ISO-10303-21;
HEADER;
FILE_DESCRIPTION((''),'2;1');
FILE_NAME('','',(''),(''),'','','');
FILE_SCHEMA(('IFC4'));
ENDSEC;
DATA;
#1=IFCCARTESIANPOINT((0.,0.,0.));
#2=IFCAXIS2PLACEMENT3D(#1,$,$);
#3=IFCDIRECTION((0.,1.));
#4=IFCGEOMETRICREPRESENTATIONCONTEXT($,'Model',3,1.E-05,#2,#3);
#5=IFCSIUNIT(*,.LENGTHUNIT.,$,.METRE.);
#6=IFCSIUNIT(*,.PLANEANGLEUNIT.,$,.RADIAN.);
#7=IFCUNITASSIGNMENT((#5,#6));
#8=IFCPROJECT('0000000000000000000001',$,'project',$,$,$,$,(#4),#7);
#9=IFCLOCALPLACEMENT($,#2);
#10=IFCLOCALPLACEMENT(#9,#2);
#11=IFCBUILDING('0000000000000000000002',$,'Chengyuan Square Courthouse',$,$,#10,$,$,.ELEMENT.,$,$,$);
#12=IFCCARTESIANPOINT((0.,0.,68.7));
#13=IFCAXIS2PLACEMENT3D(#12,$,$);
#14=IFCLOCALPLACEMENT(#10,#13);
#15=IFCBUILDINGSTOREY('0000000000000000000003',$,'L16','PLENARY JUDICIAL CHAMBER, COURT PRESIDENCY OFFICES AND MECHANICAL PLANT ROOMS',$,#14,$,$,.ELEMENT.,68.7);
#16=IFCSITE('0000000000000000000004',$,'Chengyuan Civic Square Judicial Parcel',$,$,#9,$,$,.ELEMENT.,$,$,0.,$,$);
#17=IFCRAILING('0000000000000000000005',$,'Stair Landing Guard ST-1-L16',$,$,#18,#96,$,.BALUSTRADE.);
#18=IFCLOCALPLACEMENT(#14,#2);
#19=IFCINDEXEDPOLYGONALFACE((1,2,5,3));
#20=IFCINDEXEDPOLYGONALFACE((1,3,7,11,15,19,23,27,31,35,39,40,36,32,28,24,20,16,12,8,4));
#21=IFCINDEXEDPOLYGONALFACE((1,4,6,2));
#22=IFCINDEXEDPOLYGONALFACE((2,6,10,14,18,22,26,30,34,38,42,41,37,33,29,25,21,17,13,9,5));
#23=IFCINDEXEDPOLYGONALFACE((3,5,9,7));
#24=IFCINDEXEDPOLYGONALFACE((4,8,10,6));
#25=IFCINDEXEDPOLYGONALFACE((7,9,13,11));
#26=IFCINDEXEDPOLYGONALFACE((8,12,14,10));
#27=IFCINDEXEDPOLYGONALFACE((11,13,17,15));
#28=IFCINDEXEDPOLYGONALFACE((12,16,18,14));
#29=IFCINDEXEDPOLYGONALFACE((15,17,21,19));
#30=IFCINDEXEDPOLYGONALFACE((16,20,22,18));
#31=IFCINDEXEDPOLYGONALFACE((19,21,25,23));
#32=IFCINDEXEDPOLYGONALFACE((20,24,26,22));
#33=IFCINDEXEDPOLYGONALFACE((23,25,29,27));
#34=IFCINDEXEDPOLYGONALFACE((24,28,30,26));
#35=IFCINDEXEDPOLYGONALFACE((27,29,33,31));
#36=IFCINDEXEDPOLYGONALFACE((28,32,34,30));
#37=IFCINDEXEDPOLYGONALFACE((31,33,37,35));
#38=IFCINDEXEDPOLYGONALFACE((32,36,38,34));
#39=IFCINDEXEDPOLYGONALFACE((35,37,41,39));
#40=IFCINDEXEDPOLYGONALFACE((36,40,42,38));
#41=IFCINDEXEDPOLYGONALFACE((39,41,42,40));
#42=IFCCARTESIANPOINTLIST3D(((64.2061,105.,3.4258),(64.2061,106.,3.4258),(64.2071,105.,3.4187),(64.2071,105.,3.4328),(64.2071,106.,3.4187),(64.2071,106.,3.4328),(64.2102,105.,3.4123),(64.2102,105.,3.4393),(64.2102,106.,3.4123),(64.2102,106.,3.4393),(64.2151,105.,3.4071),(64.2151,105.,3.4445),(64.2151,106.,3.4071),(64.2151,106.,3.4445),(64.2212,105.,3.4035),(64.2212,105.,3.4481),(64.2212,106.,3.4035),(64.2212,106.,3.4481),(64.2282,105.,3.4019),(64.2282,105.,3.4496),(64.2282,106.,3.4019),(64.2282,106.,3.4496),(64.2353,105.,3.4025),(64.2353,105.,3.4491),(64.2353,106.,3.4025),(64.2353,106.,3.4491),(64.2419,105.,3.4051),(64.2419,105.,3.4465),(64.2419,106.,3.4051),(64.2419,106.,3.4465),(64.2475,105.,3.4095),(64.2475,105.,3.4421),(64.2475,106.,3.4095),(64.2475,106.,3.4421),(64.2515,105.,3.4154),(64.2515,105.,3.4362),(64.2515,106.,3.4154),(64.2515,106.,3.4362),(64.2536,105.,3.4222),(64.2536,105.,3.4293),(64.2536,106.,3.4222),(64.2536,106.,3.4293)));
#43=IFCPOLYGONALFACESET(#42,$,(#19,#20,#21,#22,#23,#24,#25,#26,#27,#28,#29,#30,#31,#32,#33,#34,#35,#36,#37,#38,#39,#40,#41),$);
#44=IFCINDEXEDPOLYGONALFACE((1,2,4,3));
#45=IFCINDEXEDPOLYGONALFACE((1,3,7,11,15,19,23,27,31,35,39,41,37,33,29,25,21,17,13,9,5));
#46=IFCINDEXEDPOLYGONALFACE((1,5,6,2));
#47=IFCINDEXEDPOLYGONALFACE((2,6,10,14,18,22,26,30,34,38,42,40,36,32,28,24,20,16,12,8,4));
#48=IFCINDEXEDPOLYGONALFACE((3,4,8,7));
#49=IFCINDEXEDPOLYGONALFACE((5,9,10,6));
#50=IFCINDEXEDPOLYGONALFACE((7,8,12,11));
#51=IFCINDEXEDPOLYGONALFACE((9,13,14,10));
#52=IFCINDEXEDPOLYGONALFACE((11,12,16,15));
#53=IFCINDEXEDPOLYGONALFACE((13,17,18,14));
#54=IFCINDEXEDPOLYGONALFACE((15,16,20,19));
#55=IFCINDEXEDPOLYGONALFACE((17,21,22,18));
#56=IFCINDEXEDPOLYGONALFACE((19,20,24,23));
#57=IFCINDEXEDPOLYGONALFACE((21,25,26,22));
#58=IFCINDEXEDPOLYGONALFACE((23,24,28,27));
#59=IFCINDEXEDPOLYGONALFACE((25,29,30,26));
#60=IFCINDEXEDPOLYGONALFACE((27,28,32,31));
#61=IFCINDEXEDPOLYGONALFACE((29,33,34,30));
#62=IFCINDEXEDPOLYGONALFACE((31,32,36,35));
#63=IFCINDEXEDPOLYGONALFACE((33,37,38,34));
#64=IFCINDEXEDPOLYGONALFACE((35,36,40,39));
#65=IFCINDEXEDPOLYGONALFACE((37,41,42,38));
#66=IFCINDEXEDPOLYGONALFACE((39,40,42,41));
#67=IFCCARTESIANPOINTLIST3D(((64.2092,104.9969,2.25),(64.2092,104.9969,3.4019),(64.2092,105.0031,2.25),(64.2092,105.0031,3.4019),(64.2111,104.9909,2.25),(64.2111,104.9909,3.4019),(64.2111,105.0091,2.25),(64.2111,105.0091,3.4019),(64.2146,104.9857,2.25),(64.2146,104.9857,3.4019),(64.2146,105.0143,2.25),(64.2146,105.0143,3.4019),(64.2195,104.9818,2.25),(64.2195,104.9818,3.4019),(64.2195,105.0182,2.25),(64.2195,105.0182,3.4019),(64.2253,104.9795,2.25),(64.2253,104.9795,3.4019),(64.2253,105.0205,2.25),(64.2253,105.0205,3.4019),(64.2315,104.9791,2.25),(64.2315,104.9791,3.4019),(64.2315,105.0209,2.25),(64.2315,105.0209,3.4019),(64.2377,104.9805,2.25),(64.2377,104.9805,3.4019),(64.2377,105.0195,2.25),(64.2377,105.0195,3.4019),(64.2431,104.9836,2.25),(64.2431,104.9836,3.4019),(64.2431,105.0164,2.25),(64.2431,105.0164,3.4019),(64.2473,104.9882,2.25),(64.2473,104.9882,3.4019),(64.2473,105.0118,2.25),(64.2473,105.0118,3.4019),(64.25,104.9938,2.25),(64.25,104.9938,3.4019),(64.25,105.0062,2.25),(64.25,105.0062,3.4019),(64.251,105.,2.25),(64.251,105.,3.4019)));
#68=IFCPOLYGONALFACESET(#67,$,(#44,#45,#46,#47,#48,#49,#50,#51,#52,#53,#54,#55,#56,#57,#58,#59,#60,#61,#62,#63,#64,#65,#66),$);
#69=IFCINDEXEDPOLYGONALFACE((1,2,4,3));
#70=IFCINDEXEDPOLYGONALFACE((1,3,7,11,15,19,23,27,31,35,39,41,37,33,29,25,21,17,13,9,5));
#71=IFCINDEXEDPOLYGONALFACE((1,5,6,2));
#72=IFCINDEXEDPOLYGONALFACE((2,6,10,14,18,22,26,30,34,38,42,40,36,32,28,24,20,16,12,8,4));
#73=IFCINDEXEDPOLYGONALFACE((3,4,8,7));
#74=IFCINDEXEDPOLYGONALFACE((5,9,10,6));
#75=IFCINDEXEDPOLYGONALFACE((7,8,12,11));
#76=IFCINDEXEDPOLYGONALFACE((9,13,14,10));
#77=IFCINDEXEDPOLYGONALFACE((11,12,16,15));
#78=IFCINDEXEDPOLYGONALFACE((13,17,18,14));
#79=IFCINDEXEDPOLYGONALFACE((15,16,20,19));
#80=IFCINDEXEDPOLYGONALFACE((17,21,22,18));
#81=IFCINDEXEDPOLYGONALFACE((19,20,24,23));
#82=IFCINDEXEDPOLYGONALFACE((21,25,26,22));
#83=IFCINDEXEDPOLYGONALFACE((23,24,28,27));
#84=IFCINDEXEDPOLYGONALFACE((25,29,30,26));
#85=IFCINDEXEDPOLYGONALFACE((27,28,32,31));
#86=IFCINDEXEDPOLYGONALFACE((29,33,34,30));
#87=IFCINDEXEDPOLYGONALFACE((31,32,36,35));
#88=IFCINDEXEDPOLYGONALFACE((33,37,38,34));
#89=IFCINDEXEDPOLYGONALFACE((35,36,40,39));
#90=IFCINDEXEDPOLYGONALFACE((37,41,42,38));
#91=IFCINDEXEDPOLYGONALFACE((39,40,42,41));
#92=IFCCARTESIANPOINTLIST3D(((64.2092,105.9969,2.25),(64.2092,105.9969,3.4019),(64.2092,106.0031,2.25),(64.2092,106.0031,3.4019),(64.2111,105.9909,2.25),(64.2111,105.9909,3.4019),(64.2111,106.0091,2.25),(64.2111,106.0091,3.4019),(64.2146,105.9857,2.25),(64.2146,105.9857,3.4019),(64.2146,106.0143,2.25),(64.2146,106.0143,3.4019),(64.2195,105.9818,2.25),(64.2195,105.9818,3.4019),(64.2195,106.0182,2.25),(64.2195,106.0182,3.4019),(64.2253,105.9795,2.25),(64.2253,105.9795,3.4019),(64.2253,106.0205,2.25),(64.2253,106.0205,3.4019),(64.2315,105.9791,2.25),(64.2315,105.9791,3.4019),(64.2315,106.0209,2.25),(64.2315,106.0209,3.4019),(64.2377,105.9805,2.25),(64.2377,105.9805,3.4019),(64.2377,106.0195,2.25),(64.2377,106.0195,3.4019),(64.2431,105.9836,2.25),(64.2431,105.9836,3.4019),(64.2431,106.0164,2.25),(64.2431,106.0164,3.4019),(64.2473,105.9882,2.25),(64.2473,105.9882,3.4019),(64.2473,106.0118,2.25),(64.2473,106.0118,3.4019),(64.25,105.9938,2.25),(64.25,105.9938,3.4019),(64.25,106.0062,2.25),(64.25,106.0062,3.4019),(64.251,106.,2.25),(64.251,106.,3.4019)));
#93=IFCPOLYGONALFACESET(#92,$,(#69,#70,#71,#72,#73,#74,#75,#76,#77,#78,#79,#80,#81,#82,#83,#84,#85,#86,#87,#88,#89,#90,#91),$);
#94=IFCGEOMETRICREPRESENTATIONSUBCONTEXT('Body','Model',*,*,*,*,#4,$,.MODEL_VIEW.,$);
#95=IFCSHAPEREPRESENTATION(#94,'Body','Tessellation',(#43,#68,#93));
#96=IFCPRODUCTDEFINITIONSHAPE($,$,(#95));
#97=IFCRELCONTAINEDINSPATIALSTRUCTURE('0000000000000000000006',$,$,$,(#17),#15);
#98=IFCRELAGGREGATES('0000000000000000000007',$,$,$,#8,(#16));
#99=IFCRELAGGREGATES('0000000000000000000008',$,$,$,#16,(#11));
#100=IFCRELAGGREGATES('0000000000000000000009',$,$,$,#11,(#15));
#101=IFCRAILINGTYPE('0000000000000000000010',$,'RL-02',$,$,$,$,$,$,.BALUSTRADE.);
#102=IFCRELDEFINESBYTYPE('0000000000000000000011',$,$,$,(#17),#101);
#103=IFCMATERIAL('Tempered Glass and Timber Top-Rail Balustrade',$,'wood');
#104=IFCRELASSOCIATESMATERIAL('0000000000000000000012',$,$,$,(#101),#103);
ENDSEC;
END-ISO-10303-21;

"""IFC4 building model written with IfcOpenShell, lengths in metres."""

from ifc_helpers import new_model, si_unit, direction, frame, origin, origin_2d, place, context, subcontext, project, spatial, circle, extrude, material, type_object, element, save


model = new_model("IFC4")

# Units and contexts
model_context = context("Model", 3, precision=1e-05, world=origin(), true_north=direction((0.0, 1.0)))
body_context = subcontext(model_context, "Body", "Model", "MODEL_VIEW")
ifc_project = project(units=[si_unit("LENGTHUNIT", "METRE"), si_unit("PLANEANGLEUNIT", "RADIAN")], contexts=[model_context])

# Site, building, storey
site_placement = place(None, origin())
site = spatial("IfcSite", under=ifc_project, at=site_placement, Name="Chengyuan Civic Square Judicial Parcel", CompositionType="ELEMENT", RefElevation=0.0)
building_placement = place(site_placement, origin())
building = spatial("IfcBuilding", under=site, at=building_placement, Name="Chengyuan Square Courthouse", CompositionType="ELEMENT")
storey_placement = place(building_placement, frame((0.0, 0.0, 68.7)))
storey = spatial("IfcBuildingStorey", under=building, at=storey_placement, Name="L16", Description="PLENARY JUDICIAL CHAMBER, COURT PRESIDENCY OFFICES AND MECHANICAL PLANT ROOMS", CompositionType="ELEMENT", Elevation=68.7)

# Railing
ifc_material_1 = material(Name="Tempered Glass and Timber Top-Rail Balustrade", Category="wood")
railing_type_1 = type_object("IfcRailingType", Name="RL-02", PredefinedType="BALUSTRADE", material=ifc_material_1)
for number, where, name in (
    (1, (64.23, 105.0, 2.25), "Stair Landing Guard ST-1-L16"),
):
    element("IfcRailing", number, at=place(storey_placement, frame(where)), inside=storey, type_object=railing_type_1, Name=name, PredefinedType="BALUSTRADE", context=body_context, shape_type="SweptSolid", body=[
        extrude(circle(Radius=0.0239, at=origin_2d()), frame((0.0, 0.0, 1.1758), z_axis=(0.0, 1.0, 0.0), x_axis=(-1.0, 0.0, 0.0)), (0.0, 0.0, 1.0), 1.0),
        extrude(circle(Radius=0.021, at=origin_2d()), origin(), (0.0, 0.0, 1.0), 1.1519),
        extrude(circle(Radius=0.021, at=origin_2d()), frame((0.0, 1.0, 0.0)), (0.0, 0.0, 1.0), 1.1519),
    ])

save(model, "model.ifc")
